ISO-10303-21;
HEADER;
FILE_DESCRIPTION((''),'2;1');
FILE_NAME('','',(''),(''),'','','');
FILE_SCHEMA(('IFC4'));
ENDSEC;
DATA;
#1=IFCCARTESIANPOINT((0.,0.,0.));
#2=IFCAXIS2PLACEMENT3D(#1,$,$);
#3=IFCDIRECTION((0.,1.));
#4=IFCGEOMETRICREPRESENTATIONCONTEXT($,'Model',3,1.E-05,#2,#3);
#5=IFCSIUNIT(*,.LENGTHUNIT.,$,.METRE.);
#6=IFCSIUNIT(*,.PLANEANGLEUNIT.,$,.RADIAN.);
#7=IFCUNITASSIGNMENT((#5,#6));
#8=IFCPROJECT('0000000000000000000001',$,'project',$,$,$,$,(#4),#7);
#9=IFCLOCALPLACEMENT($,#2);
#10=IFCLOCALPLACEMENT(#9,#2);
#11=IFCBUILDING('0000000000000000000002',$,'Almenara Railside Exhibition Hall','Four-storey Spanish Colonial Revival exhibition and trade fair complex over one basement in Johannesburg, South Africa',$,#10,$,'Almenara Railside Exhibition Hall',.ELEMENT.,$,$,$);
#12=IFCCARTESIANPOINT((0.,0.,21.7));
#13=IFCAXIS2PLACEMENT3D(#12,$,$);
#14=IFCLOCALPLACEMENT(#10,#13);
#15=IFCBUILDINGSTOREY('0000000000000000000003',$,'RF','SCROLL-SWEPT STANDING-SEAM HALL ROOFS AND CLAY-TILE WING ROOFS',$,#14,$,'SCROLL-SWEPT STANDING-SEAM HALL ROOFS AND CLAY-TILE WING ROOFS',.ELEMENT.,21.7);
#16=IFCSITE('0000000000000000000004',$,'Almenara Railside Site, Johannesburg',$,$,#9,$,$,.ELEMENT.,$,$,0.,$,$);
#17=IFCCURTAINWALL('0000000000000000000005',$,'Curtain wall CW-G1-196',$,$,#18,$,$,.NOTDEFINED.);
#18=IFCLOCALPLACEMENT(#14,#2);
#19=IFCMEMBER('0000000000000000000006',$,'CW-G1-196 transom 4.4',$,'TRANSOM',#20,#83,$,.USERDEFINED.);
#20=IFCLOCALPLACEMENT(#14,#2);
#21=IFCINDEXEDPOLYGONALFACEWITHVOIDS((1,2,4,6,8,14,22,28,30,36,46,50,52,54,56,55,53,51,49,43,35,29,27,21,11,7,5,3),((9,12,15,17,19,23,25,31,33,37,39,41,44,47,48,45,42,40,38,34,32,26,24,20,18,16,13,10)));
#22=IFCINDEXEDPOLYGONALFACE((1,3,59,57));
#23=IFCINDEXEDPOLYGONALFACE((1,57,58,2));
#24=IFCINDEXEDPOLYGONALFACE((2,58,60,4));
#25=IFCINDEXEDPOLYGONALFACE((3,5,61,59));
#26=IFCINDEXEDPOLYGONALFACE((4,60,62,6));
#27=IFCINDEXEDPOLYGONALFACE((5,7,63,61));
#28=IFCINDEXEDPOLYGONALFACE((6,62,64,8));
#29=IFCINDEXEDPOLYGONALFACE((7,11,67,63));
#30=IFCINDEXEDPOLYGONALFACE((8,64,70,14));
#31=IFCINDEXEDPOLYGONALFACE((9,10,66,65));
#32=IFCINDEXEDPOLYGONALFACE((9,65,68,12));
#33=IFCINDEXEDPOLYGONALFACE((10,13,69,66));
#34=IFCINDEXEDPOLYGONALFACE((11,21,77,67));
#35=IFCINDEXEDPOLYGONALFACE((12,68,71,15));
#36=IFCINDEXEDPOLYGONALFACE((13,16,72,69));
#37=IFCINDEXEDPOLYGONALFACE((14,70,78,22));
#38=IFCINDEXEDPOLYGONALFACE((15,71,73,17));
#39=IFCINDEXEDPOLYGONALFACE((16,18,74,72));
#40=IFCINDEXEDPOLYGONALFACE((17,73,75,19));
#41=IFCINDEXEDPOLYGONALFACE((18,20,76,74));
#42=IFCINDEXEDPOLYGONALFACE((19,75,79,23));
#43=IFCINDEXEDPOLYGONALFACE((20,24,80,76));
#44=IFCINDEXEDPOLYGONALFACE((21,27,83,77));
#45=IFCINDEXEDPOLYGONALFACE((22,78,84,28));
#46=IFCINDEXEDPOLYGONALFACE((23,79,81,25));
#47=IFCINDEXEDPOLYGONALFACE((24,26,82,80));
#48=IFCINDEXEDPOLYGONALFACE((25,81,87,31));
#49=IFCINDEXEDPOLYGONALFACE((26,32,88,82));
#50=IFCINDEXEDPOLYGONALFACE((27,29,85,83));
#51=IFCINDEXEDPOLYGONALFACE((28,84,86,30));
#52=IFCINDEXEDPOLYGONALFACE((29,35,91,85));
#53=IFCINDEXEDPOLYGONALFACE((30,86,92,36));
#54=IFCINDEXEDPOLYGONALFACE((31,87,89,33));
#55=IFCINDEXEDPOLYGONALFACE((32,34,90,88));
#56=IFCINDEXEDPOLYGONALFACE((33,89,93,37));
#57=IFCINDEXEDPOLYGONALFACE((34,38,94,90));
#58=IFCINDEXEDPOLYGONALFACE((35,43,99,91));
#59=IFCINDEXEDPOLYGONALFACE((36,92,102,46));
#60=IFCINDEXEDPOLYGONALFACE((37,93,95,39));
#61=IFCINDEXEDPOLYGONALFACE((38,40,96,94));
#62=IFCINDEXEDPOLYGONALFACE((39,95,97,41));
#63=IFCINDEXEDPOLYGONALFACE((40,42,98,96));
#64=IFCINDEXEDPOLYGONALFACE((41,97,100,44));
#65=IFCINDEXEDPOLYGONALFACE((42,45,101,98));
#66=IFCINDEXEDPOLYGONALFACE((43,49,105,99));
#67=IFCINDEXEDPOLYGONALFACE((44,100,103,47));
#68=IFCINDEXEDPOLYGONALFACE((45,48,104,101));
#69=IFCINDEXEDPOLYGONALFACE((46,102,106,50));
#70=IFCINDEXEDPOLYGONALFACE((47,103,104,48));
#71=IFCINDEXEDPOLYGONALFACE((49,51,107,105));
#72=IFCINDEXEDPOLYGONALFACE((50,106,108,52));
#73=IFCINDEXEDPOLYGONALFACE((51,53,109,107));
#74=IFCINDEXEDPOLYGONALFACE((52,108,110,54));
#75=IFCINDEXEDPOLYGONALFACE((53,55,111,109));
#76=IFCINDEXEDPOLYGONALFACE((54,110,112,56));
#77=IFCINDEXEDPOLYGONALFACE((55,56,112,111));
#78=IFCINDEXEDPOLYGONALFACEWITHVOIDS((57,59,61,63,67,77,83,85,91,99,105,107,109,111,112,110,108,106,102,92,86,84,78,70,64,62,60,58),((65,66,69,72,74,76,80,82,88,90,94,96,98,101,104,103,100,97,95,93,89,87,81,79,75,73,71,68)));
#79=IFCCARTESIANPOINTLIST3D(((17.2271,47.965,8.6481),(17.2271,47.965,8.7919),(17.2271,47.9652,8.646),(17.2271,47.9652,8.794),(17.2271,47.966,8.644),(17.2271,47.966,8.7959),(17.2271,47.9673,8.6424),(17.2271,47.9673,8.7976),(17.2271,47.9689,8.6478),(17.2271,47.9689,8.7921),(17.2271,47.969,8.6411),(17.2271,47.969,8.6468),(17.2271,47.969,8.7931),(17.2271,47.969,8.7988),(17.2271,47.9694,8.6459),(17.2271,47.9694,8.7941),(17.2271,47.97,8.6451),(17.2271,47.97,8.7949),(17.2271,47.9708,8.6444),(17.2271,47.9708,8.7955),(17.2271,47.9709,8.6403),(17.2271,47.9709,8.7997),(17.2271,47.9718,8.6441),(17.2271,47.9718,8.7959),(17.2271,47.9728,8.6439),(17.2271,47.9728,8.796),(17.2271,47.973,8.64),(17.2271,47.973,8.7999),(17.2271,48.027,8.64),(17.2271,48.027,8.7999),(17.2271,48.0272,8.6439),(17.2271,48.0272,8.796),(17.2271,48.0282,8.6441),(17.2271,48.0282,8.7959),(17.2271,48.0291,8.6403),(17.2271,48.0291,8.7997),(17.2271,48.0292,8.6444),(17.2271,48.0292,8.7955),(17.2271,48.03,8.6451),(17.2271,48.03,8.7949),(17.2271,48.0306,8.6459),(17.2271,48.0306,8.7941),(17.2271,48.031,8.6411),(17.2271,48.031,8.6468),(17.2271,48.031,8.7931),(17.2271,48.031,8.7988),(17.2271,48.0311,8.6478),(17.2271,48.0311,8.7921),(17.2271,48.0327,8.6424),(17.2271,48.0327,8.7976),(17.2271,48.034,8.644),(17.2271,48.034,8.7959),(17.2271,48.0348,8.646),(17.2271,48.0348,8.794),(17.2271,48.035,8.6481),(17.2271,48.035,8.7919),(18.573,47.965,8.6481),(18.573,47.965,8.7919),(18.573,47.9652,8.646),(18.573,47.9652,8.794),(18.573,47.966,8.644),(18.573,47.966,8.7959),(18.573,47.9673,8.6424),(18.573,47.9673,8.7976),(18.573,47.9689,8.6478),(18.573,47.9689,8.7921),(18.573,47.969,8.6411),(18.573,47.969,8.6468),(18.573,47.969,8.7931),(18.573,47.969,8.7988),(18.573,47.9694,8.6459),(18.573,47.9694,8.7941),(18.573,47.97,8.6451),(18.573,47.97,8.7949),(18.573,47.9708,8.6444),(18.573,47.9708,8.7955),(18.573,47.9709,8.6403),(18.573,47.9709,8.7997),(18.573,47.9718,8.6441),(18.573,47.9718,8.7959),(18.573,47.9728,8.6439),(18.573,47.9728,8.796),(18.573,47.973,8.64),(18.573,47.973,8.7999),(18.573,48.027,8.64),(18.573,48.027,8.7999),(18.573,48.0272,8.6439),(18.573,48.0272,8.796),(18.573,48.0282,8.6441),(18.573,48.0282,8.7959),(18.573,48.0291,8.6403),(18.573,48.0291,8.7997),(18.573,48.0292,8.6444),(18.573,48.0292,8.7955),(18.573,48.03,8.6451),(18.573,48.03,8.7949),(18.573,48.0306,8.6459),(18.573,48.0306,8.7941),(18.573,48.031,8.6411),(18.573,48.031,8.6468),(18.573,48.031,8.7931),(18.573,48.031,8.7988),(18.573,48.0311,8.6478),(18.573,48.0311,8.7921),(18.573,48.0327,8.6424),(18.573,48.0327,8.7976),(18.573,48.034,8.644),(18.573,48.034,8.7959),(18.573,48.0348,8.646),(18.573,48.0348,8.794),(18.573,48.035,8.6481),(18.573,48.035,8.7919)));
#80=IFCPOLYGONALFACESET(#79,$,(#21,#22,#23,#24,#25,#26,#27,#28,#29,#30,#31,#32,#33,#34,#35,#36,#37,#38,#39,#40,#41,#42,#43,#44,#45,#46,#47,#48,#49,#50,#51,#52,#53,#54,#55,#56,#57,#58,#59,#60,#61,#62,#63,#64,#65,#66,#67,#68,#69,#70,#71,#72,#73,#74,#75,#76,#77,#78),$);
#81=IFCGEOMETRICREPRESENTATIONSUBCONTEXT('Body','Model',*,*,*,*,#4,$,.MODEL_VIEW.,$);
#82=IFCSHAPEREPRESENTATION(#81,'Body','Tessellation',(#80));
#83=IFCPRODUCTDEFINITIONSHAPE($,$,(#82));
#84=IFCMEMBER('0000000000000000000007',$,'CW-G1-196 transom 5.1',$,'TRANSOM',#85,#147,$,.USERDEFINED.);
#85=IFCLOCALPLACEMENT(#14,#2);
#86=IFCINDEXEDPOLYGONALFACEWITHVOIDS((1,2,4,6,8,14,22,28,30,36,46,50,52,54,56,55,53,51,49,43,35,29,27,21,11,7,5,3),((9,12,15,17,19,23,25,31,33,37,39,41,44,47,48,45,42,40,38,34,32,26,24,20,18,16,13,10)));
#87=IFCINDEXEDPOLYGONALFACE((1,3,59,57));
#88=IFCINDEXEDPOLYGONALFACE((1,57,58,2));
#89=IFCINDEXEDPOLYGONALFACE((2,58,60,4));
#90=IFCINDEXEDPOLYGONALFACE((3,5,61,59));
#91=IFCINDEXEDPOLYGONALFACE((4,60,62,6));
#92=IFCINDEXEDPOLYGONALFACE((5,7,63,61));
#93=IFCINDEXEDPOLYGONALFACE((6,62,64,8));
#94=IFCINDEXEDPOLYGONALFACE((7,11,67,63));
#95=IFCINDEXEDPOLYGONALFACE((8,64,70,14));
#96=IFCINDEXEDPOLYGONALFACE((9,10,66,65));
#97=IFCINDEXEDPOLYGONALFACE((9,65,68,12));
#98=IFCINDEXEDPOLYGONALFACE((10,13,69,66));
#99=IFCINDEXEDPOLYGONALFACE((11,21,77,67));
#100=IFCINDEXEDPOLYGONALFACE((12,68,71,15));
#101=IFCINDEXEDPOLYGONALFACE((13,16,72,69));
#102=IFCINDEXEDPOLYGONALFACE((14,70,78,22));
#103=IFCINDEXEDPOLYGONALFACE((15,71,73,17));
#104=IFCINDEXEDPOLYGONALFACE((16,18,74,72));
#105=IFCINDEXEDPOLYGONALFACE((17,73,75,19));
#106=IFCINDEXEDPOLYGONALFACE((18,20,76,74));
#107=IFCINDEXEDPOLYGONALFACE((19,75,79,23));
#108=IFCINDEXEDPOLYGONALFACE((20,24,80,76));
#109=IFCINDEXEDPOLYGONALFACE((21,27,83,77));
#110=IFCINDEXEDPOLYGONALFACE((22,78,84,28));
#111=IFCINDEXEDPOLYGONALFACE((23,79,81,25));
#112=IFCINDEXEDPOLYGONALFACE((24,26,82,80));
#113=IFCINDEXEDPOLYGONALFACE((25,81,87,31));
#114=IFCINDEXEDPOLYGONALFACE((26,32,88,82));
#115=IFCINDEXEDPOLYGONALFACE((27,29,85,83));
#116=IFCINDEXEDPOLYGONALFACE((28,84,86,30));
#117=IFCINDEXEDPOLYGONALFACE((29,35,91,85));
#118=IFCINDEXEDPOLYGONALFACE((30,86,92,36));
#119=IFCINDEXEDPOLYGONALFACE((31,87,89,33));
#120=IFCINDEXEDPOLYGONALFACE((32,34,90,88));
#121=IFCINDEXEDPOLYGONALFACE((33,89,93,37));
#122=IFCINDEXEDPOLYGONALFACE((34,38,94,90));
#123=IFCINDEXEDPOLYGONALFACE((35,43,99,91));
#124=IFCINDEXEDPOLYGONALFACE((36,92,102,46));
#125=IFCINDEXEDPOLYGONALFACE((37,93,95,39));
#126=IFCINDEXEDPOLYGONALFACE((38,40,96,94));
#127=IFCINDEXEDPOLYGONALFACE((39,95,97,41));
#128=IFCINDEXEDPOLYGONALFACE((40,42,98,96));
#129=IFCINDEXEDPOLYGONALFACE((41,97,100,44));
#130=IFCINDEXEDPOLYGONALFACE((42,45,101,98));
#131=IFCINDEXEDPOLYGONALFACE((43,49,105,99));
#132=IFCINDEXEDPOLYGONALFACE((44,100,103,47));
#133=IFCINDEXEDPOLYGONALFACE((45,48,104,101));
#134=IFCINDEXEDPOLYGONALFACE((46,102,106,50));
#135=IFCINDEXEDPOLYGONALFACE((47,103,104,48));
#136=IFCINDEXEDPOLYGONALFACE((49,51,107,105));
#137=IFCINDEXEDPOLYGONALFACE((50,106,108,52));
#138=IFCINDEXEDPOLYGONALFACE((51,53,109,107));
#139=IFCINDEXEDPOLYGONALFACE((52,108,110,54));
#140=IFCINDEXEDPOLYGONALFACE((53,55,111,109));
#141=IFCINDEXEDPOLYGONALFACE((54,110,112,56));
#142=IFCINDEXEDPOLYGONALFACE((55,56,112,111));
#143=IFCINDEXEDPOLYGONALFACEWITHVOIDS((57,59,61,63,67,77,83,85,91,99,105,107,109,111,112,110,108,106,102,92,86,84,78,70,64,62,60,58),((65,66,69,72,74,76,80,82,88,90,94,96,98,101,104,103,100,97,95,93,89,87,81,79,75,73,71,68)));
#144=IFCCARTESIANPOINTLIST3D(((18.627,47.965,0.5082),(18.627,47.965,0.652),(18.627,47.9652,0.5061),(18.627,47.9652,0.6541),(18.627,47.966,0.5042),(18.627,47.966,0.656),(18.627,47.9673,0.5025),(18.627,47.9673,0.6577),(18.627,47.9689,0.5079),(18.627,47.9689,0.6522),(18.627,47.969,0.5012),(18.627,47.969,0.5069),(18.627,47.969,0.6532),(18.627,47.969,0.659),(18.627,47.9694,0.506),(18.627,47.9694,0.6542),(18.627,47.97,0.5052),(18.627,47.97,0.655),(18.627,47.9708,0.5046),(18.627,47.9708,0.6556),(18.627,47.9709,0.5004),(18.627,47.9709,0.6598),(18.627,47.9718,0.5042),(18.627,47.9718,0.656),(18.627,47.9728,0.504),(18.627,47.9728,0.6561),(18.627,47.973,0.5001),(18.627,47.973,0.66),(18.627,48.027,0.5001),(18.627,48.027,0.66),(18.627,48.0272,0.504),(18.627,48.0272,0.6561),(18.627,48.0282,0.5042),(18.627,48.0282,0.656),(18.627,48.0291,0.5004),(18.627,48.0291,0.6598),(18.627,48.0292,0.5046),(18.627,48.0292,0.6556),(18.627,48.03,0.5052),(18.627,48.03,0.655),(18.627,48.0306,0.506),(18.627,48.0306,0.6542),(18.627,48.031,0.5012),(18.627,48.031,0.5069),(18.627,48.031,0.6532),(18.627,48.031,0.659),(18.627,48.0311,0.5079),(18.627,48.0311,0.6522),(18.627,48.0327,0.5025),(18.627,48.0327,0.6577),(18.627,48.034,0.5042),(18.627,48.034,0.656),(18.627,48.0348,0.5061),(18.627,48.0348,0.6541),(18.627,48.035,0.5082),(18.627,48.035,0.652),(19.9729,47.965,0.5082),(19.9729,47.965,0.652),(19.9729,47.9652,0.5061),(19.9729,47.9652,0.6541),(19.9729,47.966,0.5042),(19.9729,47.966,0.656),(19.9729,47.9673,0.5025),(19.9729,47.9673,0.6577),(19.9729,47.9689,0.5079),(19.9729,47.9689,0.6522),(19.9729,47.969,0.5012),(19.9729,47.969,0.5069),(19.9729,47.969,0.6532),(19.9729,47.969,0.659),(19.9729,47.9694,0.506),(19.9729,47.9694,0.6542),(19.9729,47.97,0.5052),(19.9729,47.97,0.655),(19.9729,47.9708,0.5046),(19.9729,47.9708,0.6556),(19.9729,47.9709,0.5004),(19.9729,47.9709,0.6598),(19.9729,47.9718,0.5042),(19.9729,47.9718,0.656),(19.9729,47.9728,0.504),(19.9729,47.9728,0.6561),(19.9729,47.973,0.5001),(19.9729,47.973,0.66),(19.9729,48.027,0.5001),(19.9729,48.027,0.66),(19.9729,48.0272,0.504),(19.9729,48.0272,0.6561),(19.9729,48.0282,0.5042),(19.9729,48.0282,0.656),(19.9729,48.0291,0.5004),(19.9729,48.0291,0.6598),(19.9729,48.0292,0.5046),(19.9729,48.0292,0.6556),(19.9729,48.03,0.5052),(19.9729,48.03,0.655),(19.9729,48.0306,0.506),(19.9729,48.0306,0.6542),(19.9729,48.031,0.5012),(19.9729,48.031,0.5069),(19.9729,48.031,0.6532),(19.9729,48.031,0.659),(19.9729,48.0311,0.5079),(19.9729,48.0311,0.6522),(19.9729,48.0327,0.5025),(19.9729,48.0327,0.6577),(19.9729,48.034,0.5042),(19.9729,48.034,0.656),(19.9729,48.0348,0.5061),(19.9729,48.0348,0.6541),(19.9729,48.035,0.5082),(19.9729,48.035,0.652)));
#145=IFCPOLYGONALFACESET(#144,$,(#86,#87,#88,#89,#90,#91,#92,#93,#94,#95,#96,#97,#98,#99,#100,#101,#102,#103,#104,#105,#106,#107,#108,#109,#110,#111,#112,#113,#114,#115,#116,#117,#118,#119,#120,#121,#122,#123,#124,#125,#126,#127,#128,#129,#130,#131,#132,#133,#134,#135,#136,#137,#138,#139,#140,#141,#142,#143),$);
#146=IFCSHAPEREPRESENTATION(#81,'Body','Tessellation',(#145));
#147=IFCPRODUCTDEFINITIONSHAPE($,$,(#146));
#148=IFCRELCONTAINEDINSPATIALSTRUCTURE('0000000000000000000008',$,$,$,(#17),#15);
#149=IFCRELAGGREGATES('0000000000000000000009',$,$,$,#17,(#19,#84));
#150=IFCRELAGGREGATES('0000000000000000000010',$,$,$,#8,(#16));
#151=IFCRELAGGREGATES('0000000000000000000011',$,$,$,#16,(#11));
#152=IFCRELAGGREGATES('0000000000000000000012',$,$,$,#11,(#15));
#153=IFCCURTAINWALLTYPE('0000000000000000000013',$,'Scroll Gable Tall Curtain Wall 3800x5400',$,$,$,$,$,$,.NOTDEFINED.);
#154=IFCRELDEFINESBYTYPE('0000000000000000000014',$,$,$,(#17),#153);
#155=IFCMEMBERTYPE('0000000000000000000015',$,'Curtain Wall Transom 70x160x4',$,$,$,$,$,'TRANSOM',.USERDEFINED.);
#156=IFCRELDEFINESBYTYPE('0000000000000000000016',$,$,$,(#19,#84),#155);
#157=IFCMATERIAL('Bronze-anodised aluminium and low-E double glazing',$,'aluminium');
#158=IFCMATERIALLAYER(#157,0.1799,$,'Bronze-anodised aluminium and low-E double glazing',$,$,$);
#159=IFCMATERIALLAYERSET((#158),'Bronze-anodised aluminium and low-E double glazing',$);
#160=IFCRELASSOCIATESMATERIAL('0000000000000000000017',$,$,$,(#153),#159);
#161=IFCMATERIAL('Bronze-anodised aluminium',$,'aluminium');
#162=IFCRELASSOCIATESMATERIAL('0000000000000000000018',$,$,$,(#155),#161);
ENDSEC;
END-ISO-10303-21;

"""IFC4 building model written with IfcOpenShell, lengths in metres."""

from ifc_helpers import new_model, si_unit, direction, frame, origin, origin_2d, place, context, subcontext, project, spatial, hollow_rectangle, extrude, material, layer, layer_set, material_profile, profile_set, type_object, element, aggregate, save


model = new_model("IFC4")

# Units and contexts
model_context = context("Model", 3, precision=1e-05, world=origin(), true_north=direction((0.0, 1.0)))
body_context = subcontext(model_context, "Body", "Model", "MODEL_VIEW")
ifc_project = project(units=[si_unit("LENGTHUNIT", "METRE"), si_unit("PLANEANGLEUNIT", "RADIAN")], contexts=[model_context])

# Site, building, storey
site_placement = place(None, origin())
site = spatial("IfcSite", under=ifc_project, at=site_placement, Name="Almenara Railside Site, Johannesburg", CompositionType="ELEMENT", RefElevation=0.0)
building_placement = place(site_placement, origin())
building = spatial("IfcBuilding", under=site, at=building_placement, Name="Almenara Railside Exhibition Hall", Description="Four-storey Spanish Colonial Revival exhibition and trade fair complex over one basement in Johannesburg, South Africa", LongName="Almenara Railside Exhibition Hall", CompositionType="ELEMENT")
storey_placement = place(building_placement, frame((0.0, 0.0, 21.7)))
storey = spatial("IfcBuildingStorey", under=building, at=storey_placement, Name="RF", Description="SCROLL-SWEPT STANDING-SEAM HALL ROOFS AND CLAY-TILE WING ROOFS", LongName="SCROLL-SWEPT STANDING-SEAM HALL ROOFS AND CLAY-TILE WING ROOFS", CompositionType="ELEMENT", Elevation=21.7)

# Curtain wall, members
ifc_material_1 = material(Name="Bronze-anodised aluminium and low-E double glazing", Category="aluminium")
ifc_layer_1 = layer(ifc_material_1, 0.1799, Name="Bronze-anodised aluminium and low-E double glazing")
ifc_layer_set_1 = layer_set([ifc_layer_1], Name="Bronze-anodised aluminium and low-E double glazing")
curtain_wall_type = type_object("IfcCurtainWallType", Name="Scroll Gable Tall Curtain Wall 3800x5400", PredefinedType="NOTDEFINED", material=ifc_layer_set_1)
curtain_wall_placement = place(storey_placement, origin())
curtain_wall = element("IfcCurtainWall", 1, at=curtain_wall_placement, inside=storey, type_object=curtain_wall_type, Name="Curtain wall CW-G1-196", PredefinedType="NOTDEFINED")
ifc_material_2 = material(Name="Bronze-anodised aluminium", Category="aluminium")
ifc_material_profile_1 = material_profile(ifc_material_2, hollow_rectangle(XDim=0.0701, YDim=0.1599, WallThickness=0.0039, InnerFilletRadius=0.0039, OuterFilletRadius=0.0081, at=origin_2d()), Name="ALU-TRN 70x160x4")
ifc_profile_set_1 = profile_set([ifc_material_profile_1], Name="Bronze-anodised aluminium")
member_type_1 = type_object("IfcMemberType", Name="Curtain Wall Transom 70x160x4", ElementType="TRANSOM", PredefinedType="USERDEFINED", material=ifc_profile_set_1)
member_1_placement = place(storey_placement, frame((17.2271, 48.0, 8.72), z_axis=(1.0, 0.0, 0.0), x_axis=(0.0, 1.0, 0.0)))
member_1 = element("IfcMember", 2, at=member_1_placement, type_object=member_type_1, Name="CW-G1-196 transom 4.4", ObjectType="TRANSOM", PredefinedType="USERDEFINED", context=body_context, shape_type="SweptSolid", body=[
    extrude(hollow_rectangle(XDim=0.0701, YDim=0.1599, WallThickness=0.0039, InnerFilletRadius=0.0039, OuterFilletRadius=0.0081, at=origin_2d()), origin(), (0.0, 0.0, 1.0), 1.3459),
])
member_2_placement = place(storey_placement, frame((18.627, 48.0, 0.5801), z_axis=(1.0, 0.0, 0.0), x_axis=(0.0, 1.0, 0.0)))
member_2 = element("IfcMember", 3, at=member_2_placement, type_object=member_type_1, Name="CW-G1-196 transom 5.1", ObjectType="TRANSOM", PredefinedType="USERDEFINED", context=body_context, shape_type="SweptSolid", body=[
    extrude(hollow_rectangle(XDim=0.0701, YDim=0.1599, WallThickness=0.0039, InnerFilletRadius=0.0039, OuterFilletRadius=0.0081, at=origin_2d()), origin(), (0.0, 0.0, 1.0), 1.3459),
])

aggregate(curtain_wall, [member_1, member_2])

save(model, "model.ifc")
